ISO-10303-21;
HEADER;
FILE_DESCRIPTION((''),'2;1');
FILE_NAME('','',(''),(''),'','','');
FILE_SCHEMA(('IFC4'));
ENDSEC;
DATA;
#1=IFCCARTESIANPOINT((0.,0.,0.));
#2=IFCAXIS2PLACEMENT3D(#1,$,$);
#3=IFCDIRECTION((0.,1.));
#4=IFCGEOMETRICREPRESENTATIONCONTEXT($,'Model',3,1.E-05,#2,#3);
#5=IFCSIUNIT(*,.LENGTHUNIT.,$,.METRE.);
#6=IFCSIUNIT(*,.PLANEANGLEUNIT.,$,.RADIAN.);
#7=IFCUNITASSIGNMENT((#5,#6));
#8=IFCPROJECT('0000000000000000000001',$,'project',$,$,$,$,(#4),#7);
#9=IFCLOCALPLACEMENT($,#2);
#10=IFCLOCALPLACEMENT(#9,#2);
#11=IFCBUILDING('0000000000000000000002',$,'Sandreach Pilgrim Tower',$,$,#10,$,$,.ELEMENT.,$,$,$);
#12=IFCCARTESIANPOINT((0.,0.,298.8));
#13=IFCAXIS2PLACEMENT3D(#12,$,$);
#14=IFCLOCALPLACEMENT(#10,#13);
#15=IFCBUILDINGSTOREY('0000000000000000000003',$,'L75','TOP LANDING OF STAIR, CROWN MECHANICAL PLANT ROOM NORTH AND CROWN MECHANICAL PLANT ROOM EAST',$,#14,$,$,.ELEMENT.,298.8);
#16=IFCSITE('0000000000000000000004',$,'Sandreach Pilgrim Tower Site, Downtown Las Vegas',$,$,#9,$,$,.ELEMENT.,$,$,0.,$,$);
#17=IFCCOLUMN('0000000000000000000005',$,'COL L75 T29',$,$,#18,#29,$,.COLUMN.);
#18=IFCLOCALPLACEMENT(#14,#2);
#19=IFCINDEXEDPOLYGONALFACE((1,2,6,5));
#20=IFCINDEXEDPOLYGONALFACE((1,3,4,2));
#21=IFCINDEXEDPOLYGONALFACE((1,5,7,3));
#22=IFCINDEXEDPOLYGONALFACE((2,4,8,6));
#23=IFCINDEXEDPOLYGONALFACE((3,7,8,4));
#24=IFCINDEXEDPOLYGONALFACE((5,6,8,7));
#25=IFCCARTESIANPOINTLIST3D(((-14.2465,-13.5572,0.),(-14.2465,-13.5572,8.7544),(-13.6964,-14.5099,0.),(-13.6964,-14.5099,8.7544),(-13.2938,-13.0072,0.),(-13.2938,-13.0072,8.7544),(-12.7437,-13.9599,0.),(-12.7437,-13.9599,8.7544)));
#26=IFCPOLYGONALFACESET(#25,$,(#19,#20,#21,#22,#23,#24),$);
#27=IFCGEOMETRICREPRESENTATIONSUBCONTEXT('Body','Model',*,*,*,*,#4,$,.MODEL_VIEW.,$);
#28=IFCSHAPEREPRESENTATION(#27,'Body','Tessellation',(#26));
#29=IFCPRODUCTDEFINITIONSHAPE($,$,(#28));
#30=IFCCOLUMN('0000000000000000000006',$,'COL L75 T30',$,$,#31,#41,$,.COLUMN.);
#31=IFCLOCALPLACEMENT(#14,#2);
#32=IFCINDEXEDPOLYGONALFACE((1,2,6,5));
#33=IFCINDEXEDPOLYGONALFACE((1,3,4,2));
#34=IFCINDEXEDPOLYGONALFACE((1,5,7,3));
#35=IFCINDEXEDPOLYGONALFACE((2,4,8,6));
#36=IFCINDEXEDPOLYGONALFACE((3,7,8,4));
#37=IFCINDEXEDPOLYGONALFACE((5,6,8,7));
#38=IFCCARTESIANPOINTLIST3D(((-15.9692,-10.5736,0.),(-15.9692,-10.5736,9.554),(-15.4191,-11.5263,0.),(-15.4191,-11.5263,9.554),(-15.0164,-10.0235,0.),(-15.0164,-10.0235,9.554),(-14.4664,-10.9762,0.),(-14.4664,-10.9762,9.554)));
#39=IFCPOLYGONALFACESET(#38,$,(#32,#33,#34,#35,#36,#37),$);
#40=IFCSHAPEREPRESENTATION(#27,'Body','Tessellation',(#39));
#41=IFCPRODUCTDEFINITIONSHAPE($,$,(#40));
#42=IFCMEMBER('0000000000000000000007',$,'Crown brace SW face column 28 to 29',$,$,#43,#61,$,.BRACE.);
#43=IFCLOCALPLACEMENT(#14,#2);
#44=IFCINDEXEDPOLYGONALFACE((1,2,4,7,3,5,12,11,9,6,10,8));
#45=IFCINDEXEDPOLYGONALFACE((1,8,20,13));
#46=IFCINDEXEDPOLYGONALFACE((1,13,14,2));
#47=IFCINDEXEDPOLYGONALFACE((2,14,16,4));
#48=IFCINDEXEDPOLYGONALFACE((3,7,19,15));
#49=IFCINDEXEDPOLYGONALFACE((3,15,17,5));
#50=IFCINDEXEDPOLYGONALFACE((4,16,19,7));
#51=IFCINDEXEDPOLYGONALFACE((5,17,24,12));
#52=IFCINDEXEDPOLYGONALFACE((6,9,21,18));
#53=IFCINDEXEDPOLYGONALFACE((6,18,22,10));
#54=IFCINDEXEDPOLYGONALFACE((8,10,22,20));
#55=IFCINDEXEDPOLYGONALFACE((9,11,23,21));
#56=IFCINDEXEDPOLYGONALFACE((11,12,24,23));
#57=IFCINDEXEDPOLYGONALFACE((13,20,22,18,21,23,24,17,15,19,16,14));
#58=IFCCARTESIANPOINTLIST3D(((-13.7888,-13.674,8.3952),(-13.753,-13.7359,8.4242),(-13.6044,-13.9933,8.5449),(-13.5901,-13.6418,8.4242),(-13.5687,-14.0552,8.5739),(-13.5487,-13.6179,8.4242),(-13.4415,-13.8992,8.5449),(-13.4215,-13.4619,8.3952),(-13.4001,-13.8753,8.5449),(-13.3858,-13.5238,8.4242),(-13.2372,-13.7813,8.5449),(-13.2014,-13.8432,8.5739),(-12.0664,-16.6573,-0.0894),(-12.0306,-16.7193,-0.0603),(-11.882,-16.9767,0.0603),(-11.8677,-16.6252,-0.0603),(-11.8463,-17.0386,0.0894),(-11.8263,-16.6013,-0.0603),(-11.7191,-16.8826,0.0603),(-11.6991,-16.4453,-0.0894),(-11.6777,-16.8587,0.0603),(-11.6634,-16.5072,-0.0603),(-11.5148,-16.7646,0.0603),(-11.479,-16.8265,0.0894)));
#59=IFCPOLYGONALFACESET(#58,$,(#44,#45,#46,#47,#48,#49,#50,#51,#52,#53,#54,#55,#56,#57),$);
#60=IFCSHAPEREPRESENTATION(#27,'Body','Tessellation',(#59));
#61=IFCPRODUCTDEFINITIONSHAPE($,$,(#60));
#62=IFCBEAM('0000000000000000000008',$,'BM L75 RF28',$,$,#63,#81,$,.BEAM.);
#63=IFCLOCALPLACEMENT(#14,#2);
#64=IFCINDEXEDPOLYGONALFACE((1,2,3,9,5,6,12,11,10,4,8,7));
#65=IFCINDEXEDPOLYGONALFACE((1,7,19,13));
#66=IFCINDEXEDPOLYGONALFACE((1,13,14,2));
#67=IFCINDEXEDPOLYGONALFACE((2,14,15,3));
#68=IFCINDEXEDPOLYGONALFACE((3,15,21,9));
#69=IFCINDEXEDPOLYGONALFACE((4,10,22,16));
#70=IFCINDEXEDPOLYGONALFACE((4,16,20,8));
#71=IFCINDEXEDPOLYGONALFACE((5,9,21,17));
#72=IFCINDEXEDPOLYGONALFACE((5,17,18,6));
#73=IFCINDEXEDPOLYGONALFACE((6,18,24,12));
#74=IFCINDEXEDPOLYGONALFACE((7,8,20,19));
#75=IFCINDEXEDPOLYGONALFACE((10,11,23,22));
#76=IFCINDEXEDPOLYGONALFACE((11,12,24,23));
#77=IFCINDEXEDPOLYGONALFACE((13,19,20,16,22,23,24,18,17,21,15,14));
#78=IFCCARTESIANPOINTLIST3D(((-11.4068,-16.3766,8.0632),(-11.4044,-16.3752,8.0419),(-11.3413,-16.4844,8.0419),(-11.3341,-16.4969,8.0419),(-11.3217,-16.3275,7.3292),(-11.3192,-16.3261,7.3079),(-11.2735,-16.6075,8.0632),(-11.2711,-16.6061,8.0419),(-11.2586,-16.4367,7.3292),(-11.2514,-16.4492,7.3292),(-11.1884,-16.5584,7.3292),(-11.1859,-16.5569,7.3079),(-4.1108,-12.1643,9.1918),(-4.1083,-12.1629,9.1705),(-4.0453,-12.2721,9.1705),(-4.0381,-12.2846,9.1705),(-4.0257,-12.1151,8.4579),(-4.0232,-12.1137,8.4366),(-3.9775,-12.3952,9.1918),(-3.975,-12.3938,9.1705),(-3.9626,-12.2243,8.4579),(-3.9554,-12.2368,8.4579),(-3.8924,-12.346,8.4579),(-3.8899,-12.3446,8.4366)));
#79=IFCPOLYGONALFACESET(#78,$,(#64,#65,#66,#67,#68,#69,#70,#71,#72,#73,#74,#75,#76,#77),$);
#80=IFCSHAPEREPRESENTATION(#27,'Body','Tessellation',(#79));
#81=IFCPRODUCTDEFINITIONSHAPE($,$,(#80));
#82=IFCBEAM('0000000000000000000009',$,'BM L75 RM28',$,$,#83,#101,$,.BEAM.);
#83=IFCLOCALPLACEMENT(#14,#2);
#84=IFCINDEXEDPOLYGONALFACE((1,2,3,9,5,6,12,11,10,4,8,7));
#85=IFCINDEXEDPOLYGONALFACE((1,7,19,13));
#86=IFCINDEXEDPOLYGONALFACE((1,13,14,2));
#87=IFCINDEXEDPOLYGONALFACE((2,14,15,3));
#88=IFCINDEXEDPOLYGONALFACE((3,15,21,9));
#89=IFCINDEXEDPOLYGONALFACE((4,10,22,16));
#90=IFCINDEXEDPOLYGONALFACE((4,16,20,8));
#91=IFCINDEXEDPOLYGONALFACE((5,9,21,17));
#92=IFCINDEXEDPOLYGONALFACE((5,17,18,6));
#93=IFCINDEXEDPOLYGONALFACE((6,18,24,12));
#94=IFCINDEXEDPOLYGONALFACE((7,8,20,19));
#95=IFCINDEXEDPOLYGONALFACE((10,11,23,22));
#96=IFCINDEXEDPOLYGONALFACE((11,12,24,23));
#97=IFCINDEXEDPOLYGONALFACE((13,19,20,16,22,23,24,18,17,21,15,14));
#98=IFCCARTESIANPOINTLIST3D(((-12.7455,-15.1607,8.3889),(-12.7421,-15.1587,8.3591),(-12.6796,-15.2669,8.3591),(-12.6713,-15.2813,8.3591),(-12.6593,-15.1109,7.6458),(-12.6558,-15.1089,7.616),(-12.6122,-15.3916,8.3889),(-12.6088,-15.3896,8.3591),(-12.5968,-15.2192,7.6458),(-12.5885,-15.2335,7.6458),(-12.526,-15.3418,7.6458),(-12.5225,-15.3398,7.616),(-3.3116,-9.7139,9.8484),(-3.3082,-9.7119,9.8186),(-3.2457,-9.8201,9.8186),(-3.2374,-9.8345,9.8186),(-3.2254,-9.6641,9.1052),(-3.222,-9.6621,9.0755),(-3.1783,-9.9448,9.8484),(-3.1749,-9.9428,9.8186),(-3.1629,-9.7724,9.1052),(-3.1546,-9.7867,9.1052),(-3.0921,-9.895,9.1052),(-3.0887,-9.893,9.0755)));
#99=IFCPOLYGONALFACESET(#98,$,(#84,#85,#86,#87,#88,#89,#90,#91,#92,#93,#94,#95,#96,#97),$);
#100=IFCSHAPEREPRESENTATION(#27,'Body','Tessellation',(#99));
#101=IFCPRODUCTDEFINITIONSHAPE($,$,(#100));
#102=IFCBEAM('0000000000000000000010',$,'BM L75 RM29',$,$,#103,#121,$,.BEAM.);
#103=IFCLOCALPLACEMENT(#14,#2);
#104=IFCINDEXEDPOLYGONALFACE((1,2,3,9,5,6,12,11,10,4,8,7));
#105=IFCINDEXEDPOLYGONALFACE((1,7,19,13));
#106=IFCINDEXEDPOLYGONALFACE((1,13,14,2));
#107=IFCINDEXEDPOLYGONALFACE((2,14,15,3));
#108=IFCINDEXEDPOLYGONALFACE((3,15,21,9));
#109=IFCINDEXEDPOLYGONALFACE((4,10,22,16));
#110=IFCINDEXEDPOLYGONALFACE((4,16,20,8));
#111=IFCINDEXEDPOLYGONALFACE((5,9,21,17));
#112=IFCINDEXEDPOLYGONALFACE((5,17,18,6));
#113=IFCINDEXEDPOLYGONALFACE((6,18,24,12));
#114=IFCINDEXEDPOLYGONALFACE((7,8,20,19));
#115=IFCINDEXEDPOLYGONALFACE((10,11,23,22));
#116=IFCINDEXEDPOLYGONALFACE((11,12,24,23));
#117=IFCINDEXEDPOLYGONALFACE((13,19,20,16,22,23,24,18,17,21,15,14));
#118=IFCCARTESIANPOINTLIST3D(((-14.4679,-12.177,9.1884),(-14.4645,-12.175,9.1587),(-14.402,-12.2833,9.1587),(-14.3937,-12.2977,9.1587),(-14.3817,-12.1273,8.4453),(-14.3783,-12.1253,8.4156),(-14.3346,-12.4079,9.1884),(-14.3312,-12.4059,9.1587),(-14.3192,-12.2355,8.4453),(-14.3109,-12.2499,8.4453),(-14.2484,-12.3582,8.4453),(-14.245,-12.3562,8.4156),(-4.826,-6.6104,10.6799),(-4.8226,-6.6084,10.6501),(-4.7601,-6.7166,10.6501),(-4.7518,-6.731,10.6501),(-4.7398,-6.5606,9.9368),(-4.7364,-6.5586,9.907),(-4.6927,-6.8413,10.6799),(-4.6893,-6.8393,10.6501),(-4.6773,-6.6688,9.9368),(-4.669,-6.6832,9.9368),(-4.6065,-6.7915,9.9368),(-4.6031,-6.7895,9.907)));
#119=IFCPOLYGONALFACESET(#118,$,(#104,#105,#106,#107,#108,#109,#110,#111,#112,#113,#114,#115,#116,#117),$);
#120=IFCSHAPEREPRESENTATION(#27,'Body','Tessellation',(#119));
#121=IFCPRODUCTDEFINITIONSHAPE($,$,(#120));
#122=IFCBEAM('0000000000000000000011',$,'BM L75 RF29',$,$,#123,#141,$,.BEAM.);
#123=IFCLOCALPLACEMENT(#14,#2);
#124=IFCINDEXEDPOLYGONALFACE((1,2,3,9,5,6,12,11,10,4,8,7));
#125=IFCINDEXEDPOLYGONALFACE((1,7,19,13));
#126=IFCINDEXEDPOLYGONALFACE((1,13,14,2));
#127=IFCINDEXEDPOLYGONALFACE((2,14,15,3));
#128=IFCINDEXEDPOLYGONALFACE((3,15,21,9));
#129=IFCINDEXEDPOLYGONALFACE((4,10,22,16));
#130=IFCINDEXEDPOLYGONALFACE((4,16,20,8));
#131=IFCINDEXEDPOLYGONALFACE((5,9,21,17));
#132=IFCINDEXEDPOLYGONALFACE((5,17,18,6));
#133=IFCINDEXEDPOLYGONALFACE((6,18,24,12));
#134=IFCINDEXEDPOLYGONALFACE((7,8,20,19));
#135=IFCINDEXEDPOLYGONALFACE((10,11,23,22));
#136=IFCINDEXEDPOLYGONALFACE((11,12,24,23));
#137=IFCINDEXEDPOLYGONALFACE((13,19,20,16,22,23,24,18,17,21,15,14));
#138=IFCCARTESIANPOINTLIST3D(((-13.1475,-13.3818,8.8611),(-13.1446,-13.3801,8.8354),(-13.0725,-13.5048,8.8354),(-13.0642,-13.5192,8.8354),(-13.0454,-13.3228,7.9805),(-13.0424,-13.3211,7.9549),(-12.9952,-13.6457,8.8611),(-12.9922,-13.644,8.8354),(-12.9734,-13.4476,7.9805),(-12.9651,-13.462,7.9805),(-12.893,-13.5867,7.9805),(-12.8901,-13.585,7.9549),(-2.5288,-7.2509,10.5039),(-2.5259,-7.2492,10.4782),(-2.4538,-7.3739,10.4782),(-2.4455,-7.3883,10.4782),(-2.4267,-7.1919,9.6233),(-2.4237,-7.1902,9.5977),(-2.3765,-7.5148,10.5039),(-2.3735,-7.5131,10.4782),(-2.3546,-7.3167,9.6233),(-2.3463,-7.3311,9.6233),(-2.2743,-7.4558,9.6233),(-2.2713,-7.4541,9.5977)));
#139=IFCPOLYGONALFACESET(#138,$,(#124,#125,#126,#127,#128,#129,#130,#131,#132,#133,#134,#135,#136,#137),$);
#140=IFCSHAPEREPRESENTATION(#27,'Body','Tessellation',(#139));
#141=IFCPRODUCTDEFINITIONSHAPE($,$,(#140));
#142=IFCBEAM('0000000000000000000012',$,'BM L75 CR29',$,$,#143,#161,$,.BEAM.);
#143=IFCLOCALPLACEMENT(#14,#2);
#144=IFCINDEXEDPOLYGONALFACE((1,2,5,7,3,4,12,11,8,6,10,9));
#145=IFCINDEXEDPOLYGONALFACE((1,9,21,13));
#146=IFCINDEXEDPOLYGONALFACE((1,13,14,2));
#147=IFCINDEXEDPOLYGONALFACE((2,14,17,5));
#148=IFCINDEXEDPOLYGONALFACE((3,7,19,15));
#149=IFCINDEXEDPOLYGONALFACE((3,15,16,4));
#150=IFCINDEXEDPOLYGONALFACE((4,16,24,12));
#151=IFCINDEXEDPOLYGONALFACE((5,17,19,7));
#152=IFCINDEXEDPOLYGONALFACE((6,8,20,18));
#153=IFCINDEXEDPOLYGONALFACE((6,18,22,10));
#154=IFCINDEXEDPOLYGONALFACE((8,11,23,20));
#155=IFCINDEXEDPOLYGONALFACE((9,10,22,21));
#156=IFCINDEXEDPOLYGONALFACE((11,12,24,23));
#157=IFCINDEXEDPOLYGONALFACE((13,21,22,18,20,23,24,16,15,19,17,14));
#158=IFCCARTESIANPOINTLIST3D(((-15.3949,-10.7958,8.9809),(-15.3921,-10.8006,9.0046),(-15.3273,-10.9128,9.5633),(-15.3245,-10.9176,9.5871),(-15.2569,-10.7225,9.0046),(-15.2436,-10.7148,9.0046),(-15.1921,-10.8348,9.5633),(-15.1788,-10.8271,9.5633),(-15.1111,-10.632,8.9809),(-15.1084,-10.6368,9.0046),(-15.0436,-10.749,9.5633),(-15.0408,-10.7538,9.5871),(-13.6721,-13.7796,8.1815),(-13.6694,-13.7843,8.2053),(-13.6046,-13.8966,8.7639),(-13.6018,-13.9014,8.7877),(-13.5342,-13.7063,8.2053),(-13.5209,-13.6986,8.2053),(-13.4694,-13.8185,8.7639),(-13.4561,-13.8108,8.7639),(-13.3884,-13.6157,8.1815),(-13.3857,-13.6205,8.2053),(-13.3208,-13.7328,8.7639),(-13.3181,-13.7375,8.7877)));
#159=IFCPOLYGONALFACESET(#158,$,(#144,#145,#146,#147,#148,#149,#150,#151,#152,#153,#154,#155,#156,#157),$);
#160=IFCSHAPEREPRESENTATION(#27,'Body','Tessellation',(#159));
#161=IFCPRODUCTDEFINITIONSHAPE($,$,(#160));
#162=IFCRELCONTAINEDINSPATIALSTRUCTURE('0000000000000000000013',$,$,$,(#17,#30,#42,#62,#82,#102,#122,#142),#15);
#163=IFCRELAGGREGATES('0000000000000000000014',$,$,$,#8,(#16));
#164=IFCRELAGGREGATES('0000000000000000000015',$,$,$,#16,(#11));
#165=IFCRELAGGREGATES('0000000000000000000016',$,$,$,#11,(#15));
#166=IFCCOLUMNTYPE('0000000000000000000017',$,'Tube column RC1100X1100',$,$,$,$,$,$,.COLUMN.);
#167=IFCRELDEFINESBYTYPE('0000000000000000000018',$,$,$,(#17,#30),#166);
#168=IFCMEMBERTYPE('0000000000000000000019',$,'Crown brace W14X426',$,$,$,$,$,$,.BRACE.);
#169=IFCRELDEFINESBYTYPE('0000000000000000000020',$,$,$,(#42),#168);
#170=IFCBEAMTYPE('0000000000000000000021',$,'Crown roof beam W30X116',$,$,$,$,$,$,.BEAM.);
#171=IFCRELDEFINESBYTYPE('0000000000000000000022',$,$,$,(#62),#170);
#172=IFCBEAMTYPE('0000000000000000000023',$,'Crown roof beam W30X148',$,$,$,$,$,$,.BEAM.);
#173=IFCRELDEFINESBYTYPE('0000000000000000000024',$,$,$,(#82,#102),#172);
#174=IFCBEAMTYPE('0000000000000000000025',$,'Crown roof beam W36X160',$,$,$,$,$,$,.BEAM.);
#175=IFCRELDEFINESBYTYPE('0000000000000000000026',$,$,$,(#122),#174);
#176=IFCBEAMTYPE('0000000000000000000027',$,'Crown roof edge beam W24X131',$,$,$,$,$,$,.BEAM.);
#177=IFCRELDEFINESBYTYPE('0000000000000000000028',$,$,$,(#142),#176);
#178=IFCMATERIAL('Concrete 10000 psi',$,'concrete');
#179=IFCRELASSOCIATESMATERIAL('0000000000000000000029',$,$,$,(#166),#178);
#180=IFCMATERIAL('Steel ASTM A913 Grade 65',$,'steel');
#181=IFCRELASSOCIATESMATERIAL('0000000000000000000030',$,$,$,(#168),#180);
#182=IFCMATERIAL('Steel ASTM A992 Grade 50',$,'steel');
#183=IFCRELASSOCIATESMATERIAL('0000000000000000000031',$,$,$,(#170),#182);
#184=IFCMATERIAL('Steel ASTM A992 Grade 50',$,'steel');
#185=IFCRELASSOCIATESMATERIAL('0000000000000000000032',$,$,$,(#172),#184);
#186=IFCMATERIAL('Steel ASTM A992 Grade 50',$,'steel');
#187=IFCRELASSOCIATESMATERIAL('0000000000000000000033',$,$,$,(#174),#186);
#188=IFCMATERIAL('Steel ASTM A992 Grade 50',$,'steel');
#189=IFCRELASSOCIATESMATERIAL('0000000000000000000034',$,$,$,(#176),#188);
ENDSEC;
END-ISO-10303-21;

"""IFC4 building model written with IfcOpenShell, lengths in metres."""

from ifc_helpers import new_model, si_unit, direction, frame, origin, origin_2d, place, context, subcontext, project, spatial, rectangle, i_section, extrude, material, material_profile, profile_set, type_object, element, save


model = new_model("IFC4")

# Units and contexts
model_context = context("Model", 3, precision=1e-05, world=origin(), true_north=direction((0.0, 1.0)))
body_context = subcontext(model_context, "Body", "Model", "MODEL_VIEW")
ifc_project = project(units=[si_unit("LENGTHUNIT", "METRE"), si_unit("PLANEANGLEUNIT", "RADIAN")], contexts=[model_context])

# Site, building, storey
site_placement = place(None, origin())
site = spatial("IfcSite", under=ifc_project, at=site_placement, Name="Sandreach Pilgrim Tower Site, Downtown Las Vegas", CompositionType="ELEMENT", RefElevation=0.0)
building_placement = place(site_placement, origin())
building = spatial("IfcBuilding", under=site, at=building_placement, Name="Sandreach Pilgrim Tower", CompositionType="ELEMENT")
storey_placement = place(building_placement, frame((0.0, 0.0, 298.8)))
storey = spatial("IfcBuildingStorey", under=building, at=storey_placement, Name="L75", Description="TOP LANDING OF STAIR, CROWN MECHANICAL PLANT ROOM NORTH AND CROWN MECHANICAL PLANT ROOM EAST", CompositionType="ELEMENT", Elevation=298.8)

# Columns
ifc_material_1 = material(Name="Concrete 10000 psi", Category="concrete")
ifc_material_profile_1 = material_profile(ifc_material_1, rectangle(XDim=1.1001, YDim=1.1001, at=origin_2d()), Name="RC1100X1100")
ifc_profile_set_1 = profile_set([ifc_material_profile_1], Name="Concrete 10000 psi")
column_type = type_object("IfcColumnType", Name="Tube column RC1100X1100", PredefinedType="COLUMN", material=ifc_profile_set_1)
column_1_placement = place(storey_placement, frame((-13.4951, -13.7585, 0.0), z_axis=(0.0, 0.0, 1.0), x_axis=(-0.866025, -0.5, 0.0)))
element("IfcColumn", 1, at=column_1_placement, inside=storey, type_object=column_type, Name="COL L75 T29", PredefinedType="COLUMN", context=body_context, shape_type="SweptSolid", body=[
    extrude(rectangle(XDim=1.1001, YDim=1.1001, at=origin_2d()), origin(), (0.0, 0.0, 1.0), 8.7544),
])
column_2_placement = place(storey_placement, frame((-15.2178, -10.7749, 0.0), z_axis=(0.0, 0.0, 1.0), x_axis=(-0.866025, -0.5, 0.0)))
element("IfcColumn", 2, at=column_2_placement, inside=storey, type_object=column_type, Name="COL L75 T30", PredefinedType="COLUMN", context=body_context, shape_type="SweptSolid", body=[
    extrude(rectangle(XDim=1.1001, YDim=1.1001, at=origin_2d()), origin(), (0.0, 0.0, 1.0), 9.554),
])

# Member
ifc_material_2 = material(Name="Steel ASTM A913 Grade 65", Category="steel")
ifc_material_profile_2 = material_profile(ifc_material_2, i_section(OverallWidth=0.4241, OverallDepth=0.4751, WebThickness=0.0479, FlangeThickness=0.0771, at=origin_2d()), Name="W14X426")
ifc_profile_set_2 = profile_set([ifc_material_profile_2], Name="Steel ASTM A913 Grade 65")
member_type = type_object("IfcMemberType", Name="Crown brace W14X426", PredefinedType="BRACE", material=ifc_profile_set_2)
member_placement = place(storey_placement, frame((-11.7727, -16.7419, 0.0), z_axis=(-0.188092, 0.325795, 0.926542), x_axis=(-0.866032, -0.499988, 0.0)))
element("IfcMember", 3, at=member_placement, inside=storey, type_object=member_type, Name="Crown brace SW face column 28 to 29", PredefinedType="BRACE", context=body_context, shape_type="SweptSolid", body=[
    extrude(i_section(OverallWidth=0.4241, OverallDepth=0.4751, WebThickness=0.0479, FlangeThickness=0.0771, at=origin_2d()), origin(), (0.0, 0.0, 1.0), 9.1572),
])

# Beams
ifc_material_3 = material(Name="Steel ASTM A992 Grade 50", Category="steel")
ifc_material_profile_3 = material_profile(ifc_material_3, i_section(OverallWidth=0.2666, OverallDepth=0.762, WebThickness=0.0144, FlangeThickness=0.0215, at=origin_2d()), Name="W30X116")
ifc_profile_set_3 = profile_set([ifc_material_profile_3], Name="Steel ASTM A992 Grade 50")
beam_type_1 = type_object("IfcBeamType", Name="Crown roof beam W30X116", PredefinedType="BEAM", material=ifc_profile_set_3)
beam_1_placement = place(storey_placement, frame((-11.2964, -16.4668, 7.6855), z_axis=(0.858358, 0.49557, 0.132782), x_axis=(-0.499998, 0.866027, 0.0)))
element("IfcBeam", 4, at=beam_1_placement, inside=storey, type_object=beam_type_1, Name="BM L75 RF28", PredefinedType="BEAM", context=body_context, shape_type="SweptSolid", body=[
    extrude(i_section(OverallWidth=0.2666, OverallDepth=0.762, WebThickness=0.0144, FlangeThickness=0.0215, at=origin_2d()), origin(), (0.0, 0.0, 1.0), 8.5),
])
ifc_material_4 = material(Name="Steel ASTM A992 Grade 50", Category="steel")
ifc_material_profile_4 = material_profile(ifc_material_4, i_section(OverallWidth=0.2666, OverallDepth=0.7798, WebThickness=0.0166, FlangeThickness=0.03, at=origin_2d()), Name="W30X148")
ifc_profile_set_4 = profile_set([ifc_material_profile_4], Name="Steel ASTM A992 Grade 50")
beam_type_2 = type_object("IfcBeamType", Name="Crown roof beam W30X148", PredefinedType="BEAM", material=ifc_profile_set_4)
beam_2_placement = place(storey_placement, frame((-12.634, -15.2502, 8.0024), z_axis=(0.85835, 0.495582, 0.132792), x_axis=(-0.50001, 0.86602, 0.0)))
element("IfcBeam", 5, at=beam_2_placement, inside=storey, type_object=beam_type_2, Name="BM L75 RM28", PredefinedType="BEAM", context=body_context, shape_type="SweptSolid", body=[
    extrude(i_section(OverallWidth=0.2666, OverallDepth=0.7798, WebThickness=0.0166, FlangeThickness=0.03, at=origin_2d()), origin(), (0.0, 0.0, 1.0), 10.9907),
])
beam_3_placement = place(storey_placement, frame((-14.3564, -12.2666, 8.802), z_axis=(0.85836, 0.495568, 0.132776), x_axis=(-0.499995, 0.866028, 0.0)))
element("IfcBeam", 6, at=beam_3_placement, inside=storey, type_object=beam_type_2, Name="BM L75 RM29", PredefinedType="BEAM", context=body_context, shape_type="SweptSolid", body=[
    extrude(i_section(OverallWidth=0.2666, OverallDepth=0.7798, WebThickness=0.0166, FlangeThickness=0.03, at=origin_2d()), origin(), (0.0, 0.0, 1.0), 11.2329),
])
ifc_material_5 = material(Name="Steel ASTM A992 Grade 50", Category="steel")
ifc_material_profile_5 = material_profile(ifc_material_5, i_section(OverallWidth=0.3047, OverallDepth=0.9143, WebThickness=0.0166, FlangeThickness=0.0259, at=origin_2d()), Name="W36X160")
ifc_profile_set_5 = profile_set([ifc_material_profile_5], Name="Steel ASTM A992 Grade 50")
beam_type_3 = type_object("IfcBeamType", Name="Crown roof beam W36X160", PredefinedType="BEAM", material=ifc_profile_set_5)
beam_4_placement = place(storey_placement, frame((-13.0188, -13.4834, 8.408), z_axis=(0.858349, 0.495582, 0.132796), x_axis=(-0.500011, 0.866019, 0.0)))
element("IfcBeam", 7, at=beam_4_placement, inside=storey, type_object=beam_type_3, Name="BM L75 RF29", PredefinedType="BEAM", context=body_context, shape_type="SweptSolid", body=[
    extrude(i_section(OverallWidth=0.3047, OverallDepth=0.9143, WebThickness=0.0166, FlangeThickness=0.0259, at=origin_2d()), origin(), (0.0, 0.0, 1.0), 12.3711),
])
ifc_material_6 = material(Name="Steel ASTM A992 Grade 50", Category="steel")
ifc_material_profile_6 = material_profile(ifc_material_6, i_section(OverallWidth=0.3276, OverallDepth=0.6223, WebThickness=0.0154, FlangeThickness=0.0244, at=origin_2d()), Name="W24X131")
ifc_profile_set_6 = profile_set([ifc_material_profile_6], Name="Steel ASTM A992 Grade 50")
beam_type_4 = type_object("IfcBeamType", Name="Crown roof edge beam W24X131", PredefinedType="BEAM", material=ifc_profile_set_6)
beam_5_placement = place(storey_placement, frame((-13.4951, -13.7585, 8.4846), z_axis=(-0.487074, 0.843612, 0.226003), x_axis=(-0.866019, -0.500011, 0.0)))
element("IfcBeam", 8, at=beam_5_placement, inside=storey, type_object=beam_type_4, Name="BM L75 CR29", PredefinedType="BEAM", context=body_context, shape_type="SweptSolid", body=[
    extrude(i_section(OverallWidth=0.3276, OverallDepth=0.6223, WebThickness=0.0154, FlangeThickness=0.0244, at=origin_2d()), origin(), (0.0, 0.0, 1.0), 3.5369),
])

save(model, "model.ifc")
